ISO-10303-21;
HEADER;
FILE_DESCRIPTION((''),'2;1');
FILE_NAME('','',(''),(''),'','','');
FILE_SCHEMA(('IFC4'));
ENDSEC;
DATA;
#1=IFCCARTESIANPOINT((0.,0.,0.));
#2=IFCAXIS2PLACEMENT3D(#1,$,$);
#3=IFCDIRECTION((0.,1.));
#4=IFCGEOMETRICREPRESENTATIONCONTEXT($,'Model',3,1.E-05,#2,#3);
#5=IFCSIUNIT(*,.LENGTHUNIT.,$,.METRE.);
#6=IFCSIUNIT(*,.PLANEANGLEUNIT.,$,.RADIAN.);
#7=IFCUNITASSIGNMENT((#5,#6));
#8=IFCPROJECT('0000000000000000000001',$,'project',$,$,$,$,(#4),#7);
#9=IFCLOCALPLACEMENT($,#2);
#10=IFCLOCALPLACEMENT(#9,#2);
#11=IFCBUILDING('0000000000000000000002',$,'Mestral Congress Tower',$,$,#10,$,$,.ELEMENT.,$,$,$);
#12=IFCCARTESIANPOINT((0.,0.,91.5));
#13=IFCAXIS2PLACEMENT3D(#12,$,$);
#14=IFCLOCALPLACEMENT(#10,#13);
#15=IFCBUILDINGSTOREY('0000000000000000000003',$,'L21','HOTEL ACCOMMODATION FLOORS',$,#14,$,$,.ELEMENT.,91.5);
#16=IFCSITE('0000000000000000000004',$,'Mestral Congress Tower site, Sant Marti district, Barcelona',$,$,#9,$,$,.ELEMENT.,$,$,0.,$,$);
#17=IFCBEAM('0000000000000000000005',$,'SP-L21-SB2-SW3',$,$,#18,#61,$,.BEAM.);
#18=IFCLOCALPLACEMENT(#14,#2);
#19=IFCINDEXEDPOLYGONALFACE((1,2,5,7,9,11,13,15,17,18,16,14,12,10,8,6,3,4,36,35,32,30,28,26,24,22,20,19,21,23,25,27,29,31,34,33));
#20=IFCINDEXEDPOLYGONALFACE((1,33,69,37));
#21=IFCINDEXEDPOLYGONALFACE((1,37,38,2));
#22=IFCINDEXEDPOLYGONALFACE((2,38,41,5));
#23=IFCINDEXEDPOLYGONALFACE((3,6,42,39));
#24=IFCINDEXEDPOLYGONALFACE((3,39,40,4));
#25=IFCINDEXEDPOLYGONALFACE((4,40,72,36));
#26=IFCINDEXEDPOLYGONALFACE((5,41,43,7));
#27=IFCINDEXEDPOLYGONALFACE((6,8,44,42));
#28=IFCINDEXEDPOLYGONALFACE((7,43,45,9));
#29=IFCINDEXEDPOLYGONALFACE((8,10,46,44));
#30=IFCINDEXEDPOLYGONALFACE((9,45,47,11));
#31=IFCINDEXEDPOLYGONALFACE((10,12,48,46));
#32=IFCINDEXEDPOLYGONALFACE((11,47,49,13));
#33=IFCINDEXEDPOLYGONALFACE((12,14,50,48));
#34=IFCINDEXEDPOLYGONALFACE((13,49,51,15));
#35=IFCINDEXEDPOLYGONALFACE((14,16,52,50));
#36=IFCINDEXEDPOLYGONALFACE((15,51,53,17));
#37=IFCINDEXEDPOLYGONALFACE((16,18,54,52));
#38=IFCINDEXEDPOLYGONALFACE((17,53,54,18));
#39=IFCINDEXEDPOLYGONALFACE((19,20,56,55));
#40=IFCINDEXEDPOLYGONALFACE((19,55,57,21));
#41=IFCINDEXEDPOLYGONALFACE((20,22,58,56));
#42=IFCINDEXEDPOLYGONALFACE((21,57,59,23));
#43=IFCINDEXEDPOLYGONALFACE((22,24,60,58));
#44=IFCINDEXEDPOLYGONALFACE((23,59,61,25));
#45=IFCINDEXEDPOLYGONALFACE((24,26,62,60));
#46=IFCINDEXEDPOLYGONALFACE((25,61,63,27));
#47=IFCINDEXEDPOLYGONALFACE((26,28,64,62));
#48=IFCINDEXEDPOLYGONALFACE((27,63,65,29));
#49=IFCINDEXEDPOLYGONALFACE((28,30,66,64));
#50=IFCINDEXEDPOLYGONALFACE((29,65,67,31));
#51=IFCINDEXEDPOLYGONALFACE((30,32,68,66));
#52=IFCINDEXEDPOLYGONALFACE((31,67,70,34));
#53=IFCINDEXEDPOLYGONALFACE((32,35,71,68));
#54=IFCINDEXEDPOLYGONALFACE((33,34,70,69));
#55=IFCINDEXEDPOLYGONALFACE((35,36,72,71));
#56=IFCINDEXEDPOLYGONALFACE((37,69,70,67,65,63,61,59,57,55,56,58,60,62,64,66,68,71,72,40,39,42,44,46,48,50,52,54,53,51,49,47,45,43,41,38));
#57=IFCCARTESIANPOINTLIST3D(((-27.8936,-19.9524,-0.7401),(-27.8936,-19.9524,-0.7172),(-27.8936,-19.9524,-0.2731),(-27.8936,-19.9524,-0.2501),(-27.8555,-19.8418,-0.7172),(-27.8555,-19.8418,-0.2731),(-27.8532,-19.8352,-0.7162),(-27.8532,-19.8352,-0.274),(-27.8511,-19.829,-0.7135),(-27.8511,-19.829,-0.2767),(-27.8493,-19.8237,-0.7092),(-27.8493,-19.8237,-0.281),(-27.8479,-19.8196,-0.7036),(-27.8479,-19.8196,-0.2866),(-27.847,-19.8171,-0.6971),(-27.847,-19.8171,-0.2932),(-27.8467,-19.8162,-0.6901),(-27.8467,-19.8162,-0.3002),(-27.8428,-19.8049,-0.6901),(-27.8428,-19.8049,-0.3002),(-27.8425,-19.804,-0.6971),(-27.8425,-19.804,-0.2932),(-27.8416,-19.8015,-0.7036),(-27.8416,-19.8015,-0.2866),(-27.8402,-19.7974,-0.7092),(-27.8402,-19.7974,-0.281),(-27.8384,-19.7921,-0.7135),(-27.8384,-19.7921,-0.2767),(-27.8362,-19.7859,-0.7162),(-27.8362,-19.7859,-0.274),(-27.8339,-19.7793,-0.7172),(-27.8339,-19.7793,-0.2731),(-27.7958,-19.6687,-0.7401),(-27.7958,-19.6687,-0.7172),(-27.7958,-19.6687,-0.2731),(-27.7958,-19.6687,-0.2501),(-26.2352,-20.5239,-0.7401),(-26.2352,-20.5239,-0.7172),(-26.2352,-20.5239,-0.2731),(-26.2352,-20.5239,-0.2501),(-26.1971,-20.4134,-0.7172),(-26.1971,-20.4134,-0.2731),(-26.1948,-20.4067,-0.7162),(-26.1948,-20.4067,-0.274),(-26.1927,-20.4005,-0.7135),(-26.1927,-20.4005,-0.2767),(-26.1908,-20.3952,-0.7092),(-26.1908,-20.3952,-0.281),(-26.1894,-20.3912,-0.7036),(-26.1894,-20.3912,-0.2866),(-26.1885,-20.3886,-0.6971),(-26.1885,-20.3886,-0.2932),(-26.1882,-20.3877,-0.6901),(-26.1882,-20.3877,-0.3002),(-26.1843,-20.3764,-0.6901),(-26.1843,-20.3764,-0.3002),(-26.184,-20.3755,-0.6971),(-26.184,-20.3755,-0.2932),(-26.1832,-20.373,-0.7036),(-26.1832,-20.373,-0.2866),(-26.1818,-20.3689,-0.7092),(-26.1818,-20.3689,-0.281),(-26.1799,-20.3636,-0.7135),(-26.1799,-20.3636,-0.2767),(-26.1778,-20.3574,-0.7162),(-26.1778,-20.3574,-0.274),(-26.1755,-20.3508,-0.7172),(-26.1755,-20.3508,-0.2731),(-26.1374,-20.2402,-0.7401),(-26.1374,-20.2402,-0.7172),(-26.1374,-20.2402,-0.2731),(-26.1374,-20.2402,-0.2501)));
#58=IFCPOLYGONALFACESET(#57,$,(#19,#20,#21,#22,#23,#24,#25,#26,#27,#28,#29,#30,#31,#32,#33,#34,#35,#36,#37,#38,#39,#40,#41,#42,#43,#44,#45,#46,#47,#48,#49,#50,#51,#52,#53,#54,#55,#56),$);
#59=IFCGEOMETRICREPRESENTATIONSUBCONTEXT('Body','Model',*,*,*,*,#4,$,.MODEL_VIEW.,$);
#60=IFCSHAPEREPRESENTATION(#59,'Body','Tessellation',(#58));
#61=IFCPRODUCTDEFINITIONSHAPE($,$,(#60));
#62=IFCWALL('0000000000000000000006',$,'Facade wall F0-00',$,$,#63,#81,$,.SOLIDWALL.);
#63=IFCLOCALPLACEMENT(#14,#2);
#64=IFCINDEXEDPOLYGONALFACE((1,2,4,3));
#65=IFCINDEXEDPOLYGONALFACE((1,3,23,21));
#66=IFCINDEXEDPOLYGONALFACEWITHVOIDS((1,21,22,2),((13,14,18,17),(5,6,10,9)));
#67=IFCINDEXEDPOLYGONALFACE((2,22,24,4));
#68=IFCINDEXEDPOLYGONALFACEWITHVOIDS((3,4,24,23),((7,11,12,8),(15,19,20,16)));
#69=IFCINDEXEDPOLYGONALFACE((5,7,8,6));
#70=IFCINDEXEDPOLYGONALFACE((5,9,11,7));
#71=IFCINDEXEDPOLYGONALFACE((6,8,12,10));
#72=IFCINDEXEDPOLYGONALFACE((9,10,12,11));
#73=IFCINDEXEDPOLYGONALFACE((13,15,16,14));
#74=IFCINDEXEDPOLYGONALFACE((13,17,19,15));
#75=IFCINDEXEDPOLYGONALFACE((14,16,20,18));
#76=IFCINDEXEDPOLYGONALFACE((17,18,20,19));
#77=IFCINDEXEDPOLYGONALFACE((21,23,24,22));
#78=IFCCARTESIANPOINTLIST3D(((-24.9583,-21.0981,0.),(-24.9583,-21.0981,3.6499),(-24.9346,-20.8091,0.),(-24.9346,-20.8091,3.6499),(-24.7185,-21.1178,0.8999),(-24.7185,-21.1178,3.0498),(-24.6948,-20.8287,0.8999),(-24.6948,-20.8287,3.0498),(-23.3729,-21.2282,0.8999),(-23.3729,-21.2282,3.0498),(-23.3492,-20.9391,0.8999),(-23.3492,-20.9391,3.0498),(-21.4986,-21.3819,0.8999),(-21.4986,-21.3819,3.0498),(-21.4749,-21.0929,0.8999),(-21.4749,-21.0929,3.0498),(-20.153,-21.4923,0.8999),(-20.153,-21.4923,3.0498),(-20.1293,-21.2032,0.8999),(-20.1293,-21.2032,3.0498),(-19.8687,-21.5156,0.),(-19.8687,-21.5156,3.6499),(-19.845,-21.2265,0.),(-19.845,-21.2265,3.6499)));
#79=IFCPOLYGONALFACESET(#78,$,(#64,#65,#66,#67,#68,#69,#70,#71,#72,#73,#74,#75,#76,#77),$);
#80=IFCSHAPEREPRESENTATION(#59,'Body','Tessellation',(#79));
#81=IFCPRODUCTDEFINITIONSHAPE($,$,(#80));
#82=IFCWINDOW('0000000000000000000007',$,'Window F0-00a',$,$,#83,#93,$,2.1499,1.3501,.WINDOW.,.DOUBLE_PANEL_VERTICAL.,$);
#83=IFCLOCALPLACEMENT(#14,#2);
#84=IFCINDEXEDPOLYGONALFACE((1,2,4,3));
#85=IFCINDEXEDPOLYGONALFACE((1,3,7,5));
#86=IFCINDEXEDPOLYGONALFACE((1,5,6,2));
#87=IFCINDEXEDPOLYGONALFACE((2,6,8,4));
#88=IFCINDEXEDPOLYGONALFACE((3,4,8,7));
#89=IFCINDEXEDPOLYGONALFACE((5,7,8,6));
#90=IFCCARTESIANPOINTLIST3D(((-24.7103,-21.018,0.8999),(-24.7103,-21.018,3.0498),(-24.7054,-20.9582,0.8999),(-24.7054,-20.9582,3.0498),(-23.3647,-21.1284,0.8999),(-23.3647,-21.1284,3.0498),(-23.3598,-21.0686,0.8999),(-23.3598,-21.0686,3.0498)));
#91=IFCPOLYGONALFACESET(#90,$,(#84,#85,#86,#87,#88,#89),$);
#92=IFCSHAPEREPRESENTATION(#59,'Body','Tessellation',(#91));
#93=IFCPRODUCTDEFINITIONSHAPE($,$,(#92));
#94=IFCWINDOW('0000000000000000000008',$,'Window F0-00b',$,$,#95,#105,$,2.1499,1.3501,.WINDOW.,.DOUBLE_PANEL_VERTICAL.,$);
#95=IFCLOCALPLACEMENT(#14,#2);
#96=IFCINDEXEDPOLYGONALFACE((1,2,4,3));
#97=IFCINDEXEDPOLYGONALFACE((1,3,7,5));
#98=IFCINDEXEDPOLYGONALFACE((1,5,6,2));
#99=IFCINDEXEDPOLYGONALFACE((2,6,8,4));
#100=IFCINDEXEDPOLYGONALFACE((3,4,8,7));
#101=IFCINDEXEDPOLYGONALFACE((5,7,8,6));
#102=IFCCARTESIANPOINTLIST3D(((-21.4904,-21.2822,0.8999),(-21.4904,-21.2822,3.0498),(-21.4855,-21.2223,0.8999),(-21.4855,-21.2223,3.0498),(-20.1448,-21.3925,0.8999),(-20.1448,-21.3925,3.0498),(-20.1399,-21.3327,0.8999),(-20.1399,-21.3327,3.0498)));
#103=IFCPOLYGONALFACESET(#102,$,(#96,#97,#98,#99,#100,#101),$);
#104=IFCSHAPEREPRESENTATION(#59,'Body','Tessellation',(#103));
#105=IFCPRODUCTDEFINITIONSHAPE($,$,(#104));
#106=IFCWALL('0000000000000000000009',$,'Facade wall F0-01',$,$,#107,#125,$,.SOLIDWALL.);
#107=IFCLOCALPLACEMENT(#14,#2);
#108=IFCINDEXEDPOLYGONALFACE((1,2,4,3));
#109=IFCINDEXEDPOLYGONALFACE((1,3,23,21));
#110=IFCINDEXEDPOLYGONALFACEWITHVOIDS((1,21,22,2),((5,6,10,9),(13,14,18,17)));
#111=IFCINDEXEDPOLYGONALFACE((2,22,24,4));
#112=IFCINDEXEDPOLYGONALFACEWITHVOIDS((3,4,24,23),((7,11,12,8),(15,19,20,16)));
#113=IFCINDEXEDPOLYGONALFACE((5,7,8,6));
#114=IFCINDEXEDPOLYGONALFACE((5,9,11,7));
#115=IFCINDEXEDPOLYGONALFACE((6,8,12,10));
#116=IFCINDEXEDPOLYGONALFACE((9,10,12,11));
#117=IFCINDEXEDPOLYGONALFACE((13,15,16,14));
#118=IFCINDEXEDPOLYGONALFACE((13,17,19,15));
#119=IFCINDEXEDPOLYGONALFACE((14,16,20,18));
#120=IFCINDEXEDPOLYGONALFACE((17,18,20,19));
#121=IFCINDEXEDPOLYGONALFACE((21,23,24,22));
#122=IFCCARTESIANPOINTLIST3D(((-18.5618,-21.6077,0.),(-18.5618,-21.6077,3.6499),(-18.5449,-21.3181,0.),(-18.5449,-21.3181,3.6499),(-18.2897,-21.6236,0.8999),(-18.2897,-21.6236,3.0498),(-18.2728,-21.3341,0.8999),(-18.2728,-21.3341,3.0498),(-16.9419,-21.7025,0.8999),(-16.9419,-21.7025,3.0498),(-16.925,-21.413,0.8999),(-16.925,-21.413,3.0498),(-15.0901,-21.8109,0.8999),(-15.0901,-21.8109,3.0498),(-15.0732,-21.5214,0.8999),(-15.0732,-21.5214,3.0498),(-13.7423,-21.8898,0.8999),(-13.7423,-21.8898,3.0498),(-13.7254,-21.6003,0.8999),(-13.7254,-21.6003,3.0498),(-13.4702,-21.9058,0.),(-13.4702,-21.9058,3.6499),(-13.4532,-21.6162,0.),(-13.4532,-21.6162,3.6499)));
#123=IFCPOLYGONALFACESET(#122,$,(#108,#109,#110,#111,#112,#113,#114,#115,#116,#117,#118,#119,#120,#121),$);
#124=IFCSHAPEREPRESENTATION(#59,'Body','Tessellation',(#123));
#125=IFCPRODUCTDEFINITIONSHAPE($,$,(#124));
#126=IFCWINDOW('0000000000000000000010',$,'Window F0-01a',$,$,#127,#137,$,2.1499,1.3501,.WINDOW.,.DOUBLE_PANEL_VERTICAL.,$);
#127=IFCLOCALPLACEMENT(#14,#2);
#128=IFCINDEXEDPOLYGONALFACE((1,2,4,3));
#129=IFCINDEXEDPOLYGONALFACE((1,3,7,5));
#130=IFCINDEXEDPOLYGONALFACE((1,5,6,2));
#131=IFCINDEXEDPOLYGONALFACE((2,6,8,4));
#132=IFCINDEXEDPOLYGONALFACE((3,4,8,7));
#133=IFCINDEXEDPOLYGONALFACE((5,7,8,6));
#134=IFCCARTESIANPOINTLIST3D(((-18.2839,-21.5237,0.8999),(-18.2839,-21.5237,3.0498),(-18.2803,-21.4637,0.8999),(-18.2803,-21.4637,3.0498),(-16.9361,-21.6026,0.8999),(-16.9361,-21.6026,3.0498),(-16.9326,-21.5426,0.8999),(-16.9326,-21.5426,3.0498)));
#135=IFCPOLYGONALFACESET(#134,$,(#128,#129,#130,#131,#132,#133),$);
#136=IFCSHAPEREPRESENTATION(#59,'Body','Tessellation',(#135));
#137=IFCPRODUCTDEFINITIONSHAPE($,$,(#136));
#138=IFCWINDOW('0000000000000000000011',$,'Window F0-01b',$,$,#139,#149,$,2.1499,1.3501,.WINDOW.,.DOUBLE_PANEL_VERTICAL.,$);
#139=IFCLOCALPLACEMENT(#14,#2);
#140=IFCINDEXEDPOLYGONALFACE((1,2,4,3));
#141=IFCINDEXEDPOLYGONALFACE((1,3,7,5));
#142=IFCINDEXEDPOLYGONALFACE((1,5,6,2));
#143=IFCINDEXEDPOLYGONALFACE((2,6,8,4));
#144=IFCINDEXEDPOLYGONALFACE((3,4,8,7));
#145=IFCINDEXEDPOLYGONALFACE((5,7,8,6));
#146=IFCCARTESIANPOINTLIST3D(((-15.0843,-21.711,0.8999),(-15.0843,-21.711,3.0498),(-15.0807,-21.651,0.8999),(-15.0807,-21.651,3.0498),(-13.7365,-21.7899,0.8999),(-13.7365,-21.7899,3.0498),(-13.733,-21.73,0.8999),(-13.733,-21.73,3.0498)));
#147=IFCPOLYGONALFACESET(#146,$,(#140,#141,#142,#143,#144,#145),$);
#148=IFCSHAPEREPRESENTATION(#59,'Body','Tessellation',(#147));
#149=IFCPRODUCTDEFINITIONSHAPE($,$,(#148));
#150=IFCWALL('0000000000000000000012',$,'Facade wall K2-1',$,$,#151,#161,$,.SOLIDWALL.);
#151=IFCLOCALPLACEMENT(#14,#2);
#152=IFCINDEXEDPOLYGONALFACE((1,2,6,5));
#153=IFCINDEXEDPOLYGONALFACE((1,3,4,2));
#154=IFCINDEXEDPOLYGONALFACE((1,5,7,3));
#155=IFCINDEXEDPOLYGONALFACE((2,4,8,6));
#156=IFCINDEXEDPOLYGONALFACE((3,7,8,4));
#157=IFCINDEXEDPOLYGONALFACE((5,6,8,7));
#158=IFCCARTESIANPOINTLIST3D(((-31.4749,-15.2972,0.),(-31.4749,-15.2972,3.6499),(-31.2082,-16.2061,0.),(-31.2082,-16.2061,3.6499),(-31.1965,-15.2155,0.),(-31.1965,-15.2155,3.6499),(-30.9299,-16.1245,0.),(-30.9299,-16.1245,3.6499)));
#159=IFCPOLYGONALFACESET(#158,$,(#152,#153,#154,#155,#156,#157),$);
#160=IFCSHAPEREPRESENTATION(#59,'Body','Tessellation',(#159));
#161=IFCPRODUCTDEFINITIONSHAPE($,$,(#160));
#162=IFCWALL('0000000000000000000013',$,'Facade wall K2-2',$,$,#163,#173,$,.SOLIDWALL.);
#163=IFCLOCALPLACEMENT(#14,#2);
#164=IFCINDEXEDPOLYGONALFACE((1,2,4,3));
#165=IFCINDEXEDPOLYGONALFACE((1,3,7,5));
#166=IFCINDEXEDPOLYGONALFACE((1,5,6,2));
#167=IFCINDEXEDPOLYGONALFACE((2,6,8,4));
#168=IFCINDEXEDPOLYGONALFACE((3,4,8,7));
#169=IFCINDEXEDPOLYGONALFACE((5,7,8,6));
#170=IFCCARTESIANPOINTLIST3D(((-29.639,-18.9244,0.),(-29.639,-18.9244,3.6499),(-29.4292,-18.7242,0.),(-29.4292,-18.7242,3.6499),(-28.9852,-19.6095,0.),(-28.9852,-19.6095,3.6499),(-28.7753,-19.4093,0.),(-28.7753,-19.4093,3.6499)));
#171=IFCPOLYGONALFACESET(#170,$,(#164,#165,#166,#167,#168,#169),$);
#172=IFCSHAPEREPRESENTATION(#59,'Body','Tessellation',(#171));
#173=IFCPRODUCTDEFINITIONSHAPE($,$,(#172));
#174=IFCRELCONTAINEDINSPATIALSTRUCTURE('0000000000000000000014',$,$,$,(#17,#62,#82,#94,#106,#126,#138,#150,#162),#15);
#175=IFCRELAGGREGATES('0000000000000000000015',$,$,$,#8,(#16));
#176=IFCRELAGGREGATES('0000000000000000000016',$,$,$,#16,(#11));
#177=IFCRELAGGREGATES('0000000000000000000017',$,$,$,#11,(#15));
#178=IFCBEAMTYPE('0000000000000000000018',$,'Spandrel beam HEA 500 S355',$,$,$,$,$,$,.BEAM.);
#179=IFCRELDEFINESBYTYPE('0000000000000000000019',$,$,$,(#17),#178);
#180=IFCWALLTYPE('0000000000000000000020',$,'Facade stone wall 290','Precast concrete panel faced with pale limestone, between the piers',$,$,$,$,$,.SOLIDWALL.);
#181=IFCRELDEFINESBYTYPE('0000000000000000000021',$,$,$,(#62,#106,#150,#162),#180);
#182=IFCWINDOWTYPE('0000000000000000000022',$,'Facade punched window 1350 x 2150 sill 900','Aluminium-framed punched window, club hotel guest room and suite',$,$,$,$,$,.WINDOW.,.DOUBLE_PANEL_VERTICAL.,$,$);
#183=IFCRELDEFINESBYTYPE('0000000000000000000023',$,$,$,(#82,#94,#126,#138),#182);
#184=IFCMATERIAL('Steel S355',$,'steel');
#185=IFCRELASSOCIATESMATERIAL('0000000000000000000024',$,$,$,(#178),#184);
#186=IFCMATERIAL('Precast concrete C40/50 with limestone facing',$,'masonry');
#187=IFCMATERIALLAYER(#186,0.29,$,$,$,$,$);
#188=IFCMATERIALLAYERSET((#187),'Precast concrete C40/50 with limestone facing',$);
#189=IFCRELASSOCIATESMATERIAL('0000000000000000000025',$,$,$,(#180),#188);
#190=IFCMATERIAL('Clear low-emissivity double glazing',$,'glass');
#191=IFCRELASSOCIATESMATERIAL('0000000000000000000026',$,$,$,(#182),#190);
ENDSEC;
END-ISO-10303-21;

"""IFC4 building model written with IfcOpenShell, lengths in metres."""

from ifc_helpers import new_model, si_unit, direction, frame, frame_2d, origin, origin_2d, place, context, subcontext, project, spatial, rectangle, i_section, extrude, material, layer, layer_set, material_profile, profile_set, type_object, element, fill, save


model = new_model("IFC4")

# Units and contexts
model_context = context("Model", 3, precision=1e-05, world=origin(), true_north=direction((0.0, 1.0)))
body_context = subcontext(model_context, "Body", "Model", "MODEL_VIEW")
ifc_project = project(units=[si_unit("LENGTHUNIT", "METRE"), si_unit("PLANEANGLEUNIT", "RADIAN")], contexts=[model_context])

# Site, building, storey
site_placement = place(None, origin())
site = spatial("IfcSite", under=ifc_project, at=site_placement, Name="Mestral Congress Tower site, Sant Marti district, Barcelona", CompositionType="ELEMENT", RefElevation=0.0)
building_placement = place(site_placement, origin())
building = spatial("IfcBuilding", under=site, at=building_placement, Name="Mestral Congress Tower", CompositionType="ELEMENT")
storey_placement = place(building_placement, frame((0.0, 0.0, 91.5)))
storey = spatial("IfcBuildingStorey", under=building, at=storey_placement, Name="L21", Description="HOTEL ACCOMMODATION FLOORS", CompositionType="ELEMENT", Elevation=91.5)

# Beam
ifc_material_1 = material(Name="Steel S355", Category="steel")
ifc_material_profile_1 = material_profile(ifc_material_1, i_section(OverallWidth=0.3, OverallDepth=0.49, WebThickness=0.012, FlangeThickness=0.0229, FilletRadius=0.0271, at=origin_2d()), Name="HEA 500")
ifc_profile_set_1 = profile_set([ifc_material_profile_1], Name="Steel S355")
beam_type_1 = type_object("IfcBeamType", Name="Spandrel beam HEA 500 S355", PredefinedType="BEAM", material=ifc_profile_set_1)
beam_1_placement = place(storey_placement, frame((-27.8447, -19.8105, -0.4951), z_axis=(0.945434, -0.325815, 0.0), x_axis=(0.325815, 0.945434, 0.0)))
element("IfcBeam", 1, at=beam_1_placement, inside=storey, type_object=beam_type_1, Name="SP-L21-SB2-SW3", PredefinedType="BEAM", context=body_context, shape_type="SweptSolid", body=[
    extrude(i_section(OverallWidth=0.3, OverallDepth=0.49, WebThickness=0.012, FlangeThickness=0.0229, FilletRadius=0.0271, at=origin_2d()), origin(), (0.0, 0.0, 1.0), 1.7542),
])

# Walls, openings, windows
ifc_material_2 = material(Name="Precast concrete C40/50 with limestone facing", Category="masonry")
ifc_layer_1 = layer(ifc_material_2, 0.29)
ifc_layer_set_1 = layer_set([ifc_layer_1], Name="Precast concrete C40/50 with limestone facing")
wall_type_1 = type_object("IfcWallType", Name="Facade stone wall 290", Description="Precast concrete panel faced with pale limestone, between the piers", PredefinedType="SOLIDWALL", material=ifc_layer_set_1)
wall_1_placement = place(storey_placement, frame((-24.9463, -20.9536, 0.0), z_axis=(0.0, 0.0, 1.0), x_axis=(0.996653, -0.081752, 0.0)))
wall_1 = element("IfcWall", 2, at=wall_1_placement, inside=storey, type_object=wall_type_1, Name="Facade wall F0-00", PredefinedType="SOLIDWALL", context=body_context, shape_type="SweptSolid", body=[
    extrude(rectangle(XDim=5.1067, YDim=0.29, at=frame_2d((2.5532, 0.0))), origin(), (0.0, 0.0, 1.0), 3.6499),
])
opening_1_placement = place(wall_1_placement, frame((0.2405, 0.0, 0.8999)))
opening_1 = element("IfcOpeningElement", 3, at=opening_1_placement, cuts=wall_1, PredefinedType="OPENING", context=body_context, shape_type="SweptSolid", body=[
    extrude(rectangle(XDim=1.3501, YDim=2.1499, at=frame_2d((0.675, 1.075))), frame((0.0, 0.155, 0.0), z_axis=(0.0, -1.0, 0.0), x_axis=(1.0, 0.0, 0.0)), (0.0, 0.0, 1.0), 0.3101),
])
opening_2_placement = place(wall_1_placement, frame((3.4712, 0.0, 0.8999)))
opening_2 = element("IfcOpeningElement", 4, at=opening_2_placement, cuts=wall_1, PredefinedType="OPENING", context=body_context, shape_type="SweptSolid", body=[
    extrude(rectangle(XDim=1.3501, YDim=2.1499, at=frame_2d((0.675, 1.075))), frame((0.0, 0.155, 0.0), z_axis=(0.0, -1.0, 0.0), x_axis=(1.0, 0.0, 0.0)), (0.0, 0.0, 1.0), 0.3101),
])
ifc_material_3 = material(Name="Clear low-emissivity double glazing", Category="glass")
window_type_1 = type_object("IfcWindowType", Name="Facade punched window 1350 x 2150 sill 900", Description="Aluminium-framed punched window, club hotel guest room and suite", PartitioningType="DOUBLE_PANEL_VERTICAL", PredefinedType="WINDOW", material=ifc_material_3)
window_1_placement = place(opening_1_placement, origin())
window_1 = element("IfcWindow", 5, at=window_1_placement, inside=storey, type_object=window_type_1, Name="Window F0-00a", OverallHeight=2.1499, OverallWidth=1.3501, PartitioningType="DOUBLE_PANEL_VERTICAL", PredefinedType="WINDOW", context=body_context, shape_type="SweptSolid", body=[
    extrude(rectangle(XDim=1.3501, YDim=2.1499, at=frame_2d((0.675, 1.075))), frame((0.0, 0.0151, 0.0), z_axis=(0.0, -1.0, 0.0), x_axis=(1.0, 0.0, 0.0)), (0.0, 0.0, 1.0), 0.0601),
])
fill(opening_1, window_1)
window_2_placement = place(opening_2_placement, origin())
window_2 = element("IfcWindow", 6, at=window_2_placement, inside=storey, type_object=window_type_1, Name="Window F0-00b", OverallHeight=2.1499, OverallWidth=1.3501, PartitioningType="DOUBLE_PANEL_VERTICAL", PredefinedType="WINDOW", context=body_context, shape_type="SweptSolid", body=[
    extrude(rectangle(XDim=1.3501, YDim=2.1499, at=frame_2d((0.675, 1.075))), frame((0.0, 0.0151, 0.0), z_axis=(0.0, -1.0, 0.0), x_axis=(1.0, 0.0, 0.0)), (0.0, 0.0, 1.0), 0.0601),
])
fill(opening_2, window_2)
wall_2_placement = place(storey_placement, frame((-18.5535, -21.4629, 0.0), z_axis=(0.0, 0.0, 1.0), x_axis=(0.998291, -0.058447, 0.0)))
wall_2 = element("IfcWall", 7, at=wall_2_placement, inside=storey, type_object=wall_type_1, Name="Facade wall F0-01", PredefinedType="SOLIDWALL", context=body_context, shape_type="SweptSolid", body=[
    extrude(rectangle(XDim=5.1003, YDim=0.29, at=frame_2d((2.5503, 0.0))), origin(), (0.0, 0.0, 1.0), 3.6499),
])
opening_3_placement = place(wall_2_placement, frame((0.2727, 0.0, 0.8999)))
opening_3 = element("IfcOpeningElement", 8, at=opening_3_placement, cuts=wall_2, PredefinedType="OPENING", context=body_context, shape_type="SweptSolid", body=[
    extrude(rectangle(XDim=1.3501, YDim=2.1499, at=frame_2d((0.675, 1.075))), frame((0.0, 0.155, 0.0), z_axis=(0.0, -1.0, 0.0), x_axis=(1.0, 0.0, 0.0)), (0.0, 0.0, 1.0), 0.3101),
])
opening_4_placement = place(wall_2_placement, frame((3.4778, 0.0, 0.8999)))
opening_4 = element("IfcOpeningElement", 9, at=opening_4_placement, cuts=wall_2, PredefinedType="OPENING", context=body_context, shape_type="SweptSolid", body=[
    extrude(rectangle(XDim=1.3501, YDim=2.1499, at=frame_2d((0.675, 1.075))), frame((0.0, 0.155, 0.0), z_axis=(0.0, -1.0, 0.0), x_axis=(1.0, 0.0, 0.0)), (0.0, 0.0, 1.0), 0.3101),
])
window_3_placement = place(opening_3_placement, origin())
window_3 = element("IfcWindow", 10, at=window_3_placement, inside=storey, type_object=window_type_1, Name="Window F0-01a", OverallHeight=2.1499, OverallWidth=1.3501, PartitioningType="DOUBLE_PANEL_VERTICAL", PredefinedType="WINDOW", context=body_context, shape_type="SweptSolid", body=[
    extrude(rectangle(XDim=1.3501, YDim=2.1499, at=frame_2d((0.675, 1.075))), frame((0.0, 0.0151, 0.0), z_axis=(0.0, -1.0, 0.0), x_axis=(1.0, 0.0, 0.0)), (0.0, 0.0, 1.0), 0.0601),
])
fill(opening_3, window_3)
window_4_placement = place(opening_4_placement, origin())
window_4 = element("IfcWindow", 11, at=window_4_placement, inside=storey, type_object=window_type_1, Name="Window F0-01b", OverallHeight=2.1499, OverallWidth=1.3501, PartitioningType="DOUBLE_PANEL_VERTICAL", PredefinedType="WINDOW", context=body_context, shape_type="SweptSolid", body=[
    extrude(rectangle(XDim=1.3501, YDim=2.1499, at=frame_2d((0.675, 1.075))), frame((0.0, 0.0151, 0.0), z_axis=(0.0, -1.0, 0.0), x_axis=(1.0, 0.0, 0.0)), (0.0, 0.0, 1.0), 0.0601),
])
fill(opening_4, window_4)

# Walls
wall_3_placement = place(storey_placement, frame((-31.3357, -15.2563, 0.0), z_axis=(0.0, 0.0, 1.0), x_axis=(0.281455, -0.959575, 0.0)))
element("IfcWall", 12, at=wall_3_placement, inside=storey, type_object=wall_type_1, Name="Facade wall K2-1", PredefinedType="SOLIDWALL", context=body_context, shape_type="SweptSolid", body=[
    extrude(rectangle(XDim=0.9473, YDim=0.29, at=frame_2d((0.4736, 0.0))), origin(), (0.0, 0.0, 1.0), 3.6499),
])
wall_4_placement = place(storey_placement, frame((-29.5342, -18.8242, 0.0), z_axis=(0.0, 0.0, 1.0), x_axis=(0.690414, -0.723414, 0.0)))
element("IfcWall", 13, at=wall_4_placement, inside=storey, type_object=wall_type_1, Name="Facade wall K2-2", PredefinedType="SOLIDWALL", context=body_context, shape_type="SweptSolid", body=[
    extrude(rectangle(XDim=0.947, YDim=0.29, at=frame_2d((0.4736, 0.0))), origin(), (0.0, 0.0, 1.0), 3.6499),
])

save(model, "model.ifc")
